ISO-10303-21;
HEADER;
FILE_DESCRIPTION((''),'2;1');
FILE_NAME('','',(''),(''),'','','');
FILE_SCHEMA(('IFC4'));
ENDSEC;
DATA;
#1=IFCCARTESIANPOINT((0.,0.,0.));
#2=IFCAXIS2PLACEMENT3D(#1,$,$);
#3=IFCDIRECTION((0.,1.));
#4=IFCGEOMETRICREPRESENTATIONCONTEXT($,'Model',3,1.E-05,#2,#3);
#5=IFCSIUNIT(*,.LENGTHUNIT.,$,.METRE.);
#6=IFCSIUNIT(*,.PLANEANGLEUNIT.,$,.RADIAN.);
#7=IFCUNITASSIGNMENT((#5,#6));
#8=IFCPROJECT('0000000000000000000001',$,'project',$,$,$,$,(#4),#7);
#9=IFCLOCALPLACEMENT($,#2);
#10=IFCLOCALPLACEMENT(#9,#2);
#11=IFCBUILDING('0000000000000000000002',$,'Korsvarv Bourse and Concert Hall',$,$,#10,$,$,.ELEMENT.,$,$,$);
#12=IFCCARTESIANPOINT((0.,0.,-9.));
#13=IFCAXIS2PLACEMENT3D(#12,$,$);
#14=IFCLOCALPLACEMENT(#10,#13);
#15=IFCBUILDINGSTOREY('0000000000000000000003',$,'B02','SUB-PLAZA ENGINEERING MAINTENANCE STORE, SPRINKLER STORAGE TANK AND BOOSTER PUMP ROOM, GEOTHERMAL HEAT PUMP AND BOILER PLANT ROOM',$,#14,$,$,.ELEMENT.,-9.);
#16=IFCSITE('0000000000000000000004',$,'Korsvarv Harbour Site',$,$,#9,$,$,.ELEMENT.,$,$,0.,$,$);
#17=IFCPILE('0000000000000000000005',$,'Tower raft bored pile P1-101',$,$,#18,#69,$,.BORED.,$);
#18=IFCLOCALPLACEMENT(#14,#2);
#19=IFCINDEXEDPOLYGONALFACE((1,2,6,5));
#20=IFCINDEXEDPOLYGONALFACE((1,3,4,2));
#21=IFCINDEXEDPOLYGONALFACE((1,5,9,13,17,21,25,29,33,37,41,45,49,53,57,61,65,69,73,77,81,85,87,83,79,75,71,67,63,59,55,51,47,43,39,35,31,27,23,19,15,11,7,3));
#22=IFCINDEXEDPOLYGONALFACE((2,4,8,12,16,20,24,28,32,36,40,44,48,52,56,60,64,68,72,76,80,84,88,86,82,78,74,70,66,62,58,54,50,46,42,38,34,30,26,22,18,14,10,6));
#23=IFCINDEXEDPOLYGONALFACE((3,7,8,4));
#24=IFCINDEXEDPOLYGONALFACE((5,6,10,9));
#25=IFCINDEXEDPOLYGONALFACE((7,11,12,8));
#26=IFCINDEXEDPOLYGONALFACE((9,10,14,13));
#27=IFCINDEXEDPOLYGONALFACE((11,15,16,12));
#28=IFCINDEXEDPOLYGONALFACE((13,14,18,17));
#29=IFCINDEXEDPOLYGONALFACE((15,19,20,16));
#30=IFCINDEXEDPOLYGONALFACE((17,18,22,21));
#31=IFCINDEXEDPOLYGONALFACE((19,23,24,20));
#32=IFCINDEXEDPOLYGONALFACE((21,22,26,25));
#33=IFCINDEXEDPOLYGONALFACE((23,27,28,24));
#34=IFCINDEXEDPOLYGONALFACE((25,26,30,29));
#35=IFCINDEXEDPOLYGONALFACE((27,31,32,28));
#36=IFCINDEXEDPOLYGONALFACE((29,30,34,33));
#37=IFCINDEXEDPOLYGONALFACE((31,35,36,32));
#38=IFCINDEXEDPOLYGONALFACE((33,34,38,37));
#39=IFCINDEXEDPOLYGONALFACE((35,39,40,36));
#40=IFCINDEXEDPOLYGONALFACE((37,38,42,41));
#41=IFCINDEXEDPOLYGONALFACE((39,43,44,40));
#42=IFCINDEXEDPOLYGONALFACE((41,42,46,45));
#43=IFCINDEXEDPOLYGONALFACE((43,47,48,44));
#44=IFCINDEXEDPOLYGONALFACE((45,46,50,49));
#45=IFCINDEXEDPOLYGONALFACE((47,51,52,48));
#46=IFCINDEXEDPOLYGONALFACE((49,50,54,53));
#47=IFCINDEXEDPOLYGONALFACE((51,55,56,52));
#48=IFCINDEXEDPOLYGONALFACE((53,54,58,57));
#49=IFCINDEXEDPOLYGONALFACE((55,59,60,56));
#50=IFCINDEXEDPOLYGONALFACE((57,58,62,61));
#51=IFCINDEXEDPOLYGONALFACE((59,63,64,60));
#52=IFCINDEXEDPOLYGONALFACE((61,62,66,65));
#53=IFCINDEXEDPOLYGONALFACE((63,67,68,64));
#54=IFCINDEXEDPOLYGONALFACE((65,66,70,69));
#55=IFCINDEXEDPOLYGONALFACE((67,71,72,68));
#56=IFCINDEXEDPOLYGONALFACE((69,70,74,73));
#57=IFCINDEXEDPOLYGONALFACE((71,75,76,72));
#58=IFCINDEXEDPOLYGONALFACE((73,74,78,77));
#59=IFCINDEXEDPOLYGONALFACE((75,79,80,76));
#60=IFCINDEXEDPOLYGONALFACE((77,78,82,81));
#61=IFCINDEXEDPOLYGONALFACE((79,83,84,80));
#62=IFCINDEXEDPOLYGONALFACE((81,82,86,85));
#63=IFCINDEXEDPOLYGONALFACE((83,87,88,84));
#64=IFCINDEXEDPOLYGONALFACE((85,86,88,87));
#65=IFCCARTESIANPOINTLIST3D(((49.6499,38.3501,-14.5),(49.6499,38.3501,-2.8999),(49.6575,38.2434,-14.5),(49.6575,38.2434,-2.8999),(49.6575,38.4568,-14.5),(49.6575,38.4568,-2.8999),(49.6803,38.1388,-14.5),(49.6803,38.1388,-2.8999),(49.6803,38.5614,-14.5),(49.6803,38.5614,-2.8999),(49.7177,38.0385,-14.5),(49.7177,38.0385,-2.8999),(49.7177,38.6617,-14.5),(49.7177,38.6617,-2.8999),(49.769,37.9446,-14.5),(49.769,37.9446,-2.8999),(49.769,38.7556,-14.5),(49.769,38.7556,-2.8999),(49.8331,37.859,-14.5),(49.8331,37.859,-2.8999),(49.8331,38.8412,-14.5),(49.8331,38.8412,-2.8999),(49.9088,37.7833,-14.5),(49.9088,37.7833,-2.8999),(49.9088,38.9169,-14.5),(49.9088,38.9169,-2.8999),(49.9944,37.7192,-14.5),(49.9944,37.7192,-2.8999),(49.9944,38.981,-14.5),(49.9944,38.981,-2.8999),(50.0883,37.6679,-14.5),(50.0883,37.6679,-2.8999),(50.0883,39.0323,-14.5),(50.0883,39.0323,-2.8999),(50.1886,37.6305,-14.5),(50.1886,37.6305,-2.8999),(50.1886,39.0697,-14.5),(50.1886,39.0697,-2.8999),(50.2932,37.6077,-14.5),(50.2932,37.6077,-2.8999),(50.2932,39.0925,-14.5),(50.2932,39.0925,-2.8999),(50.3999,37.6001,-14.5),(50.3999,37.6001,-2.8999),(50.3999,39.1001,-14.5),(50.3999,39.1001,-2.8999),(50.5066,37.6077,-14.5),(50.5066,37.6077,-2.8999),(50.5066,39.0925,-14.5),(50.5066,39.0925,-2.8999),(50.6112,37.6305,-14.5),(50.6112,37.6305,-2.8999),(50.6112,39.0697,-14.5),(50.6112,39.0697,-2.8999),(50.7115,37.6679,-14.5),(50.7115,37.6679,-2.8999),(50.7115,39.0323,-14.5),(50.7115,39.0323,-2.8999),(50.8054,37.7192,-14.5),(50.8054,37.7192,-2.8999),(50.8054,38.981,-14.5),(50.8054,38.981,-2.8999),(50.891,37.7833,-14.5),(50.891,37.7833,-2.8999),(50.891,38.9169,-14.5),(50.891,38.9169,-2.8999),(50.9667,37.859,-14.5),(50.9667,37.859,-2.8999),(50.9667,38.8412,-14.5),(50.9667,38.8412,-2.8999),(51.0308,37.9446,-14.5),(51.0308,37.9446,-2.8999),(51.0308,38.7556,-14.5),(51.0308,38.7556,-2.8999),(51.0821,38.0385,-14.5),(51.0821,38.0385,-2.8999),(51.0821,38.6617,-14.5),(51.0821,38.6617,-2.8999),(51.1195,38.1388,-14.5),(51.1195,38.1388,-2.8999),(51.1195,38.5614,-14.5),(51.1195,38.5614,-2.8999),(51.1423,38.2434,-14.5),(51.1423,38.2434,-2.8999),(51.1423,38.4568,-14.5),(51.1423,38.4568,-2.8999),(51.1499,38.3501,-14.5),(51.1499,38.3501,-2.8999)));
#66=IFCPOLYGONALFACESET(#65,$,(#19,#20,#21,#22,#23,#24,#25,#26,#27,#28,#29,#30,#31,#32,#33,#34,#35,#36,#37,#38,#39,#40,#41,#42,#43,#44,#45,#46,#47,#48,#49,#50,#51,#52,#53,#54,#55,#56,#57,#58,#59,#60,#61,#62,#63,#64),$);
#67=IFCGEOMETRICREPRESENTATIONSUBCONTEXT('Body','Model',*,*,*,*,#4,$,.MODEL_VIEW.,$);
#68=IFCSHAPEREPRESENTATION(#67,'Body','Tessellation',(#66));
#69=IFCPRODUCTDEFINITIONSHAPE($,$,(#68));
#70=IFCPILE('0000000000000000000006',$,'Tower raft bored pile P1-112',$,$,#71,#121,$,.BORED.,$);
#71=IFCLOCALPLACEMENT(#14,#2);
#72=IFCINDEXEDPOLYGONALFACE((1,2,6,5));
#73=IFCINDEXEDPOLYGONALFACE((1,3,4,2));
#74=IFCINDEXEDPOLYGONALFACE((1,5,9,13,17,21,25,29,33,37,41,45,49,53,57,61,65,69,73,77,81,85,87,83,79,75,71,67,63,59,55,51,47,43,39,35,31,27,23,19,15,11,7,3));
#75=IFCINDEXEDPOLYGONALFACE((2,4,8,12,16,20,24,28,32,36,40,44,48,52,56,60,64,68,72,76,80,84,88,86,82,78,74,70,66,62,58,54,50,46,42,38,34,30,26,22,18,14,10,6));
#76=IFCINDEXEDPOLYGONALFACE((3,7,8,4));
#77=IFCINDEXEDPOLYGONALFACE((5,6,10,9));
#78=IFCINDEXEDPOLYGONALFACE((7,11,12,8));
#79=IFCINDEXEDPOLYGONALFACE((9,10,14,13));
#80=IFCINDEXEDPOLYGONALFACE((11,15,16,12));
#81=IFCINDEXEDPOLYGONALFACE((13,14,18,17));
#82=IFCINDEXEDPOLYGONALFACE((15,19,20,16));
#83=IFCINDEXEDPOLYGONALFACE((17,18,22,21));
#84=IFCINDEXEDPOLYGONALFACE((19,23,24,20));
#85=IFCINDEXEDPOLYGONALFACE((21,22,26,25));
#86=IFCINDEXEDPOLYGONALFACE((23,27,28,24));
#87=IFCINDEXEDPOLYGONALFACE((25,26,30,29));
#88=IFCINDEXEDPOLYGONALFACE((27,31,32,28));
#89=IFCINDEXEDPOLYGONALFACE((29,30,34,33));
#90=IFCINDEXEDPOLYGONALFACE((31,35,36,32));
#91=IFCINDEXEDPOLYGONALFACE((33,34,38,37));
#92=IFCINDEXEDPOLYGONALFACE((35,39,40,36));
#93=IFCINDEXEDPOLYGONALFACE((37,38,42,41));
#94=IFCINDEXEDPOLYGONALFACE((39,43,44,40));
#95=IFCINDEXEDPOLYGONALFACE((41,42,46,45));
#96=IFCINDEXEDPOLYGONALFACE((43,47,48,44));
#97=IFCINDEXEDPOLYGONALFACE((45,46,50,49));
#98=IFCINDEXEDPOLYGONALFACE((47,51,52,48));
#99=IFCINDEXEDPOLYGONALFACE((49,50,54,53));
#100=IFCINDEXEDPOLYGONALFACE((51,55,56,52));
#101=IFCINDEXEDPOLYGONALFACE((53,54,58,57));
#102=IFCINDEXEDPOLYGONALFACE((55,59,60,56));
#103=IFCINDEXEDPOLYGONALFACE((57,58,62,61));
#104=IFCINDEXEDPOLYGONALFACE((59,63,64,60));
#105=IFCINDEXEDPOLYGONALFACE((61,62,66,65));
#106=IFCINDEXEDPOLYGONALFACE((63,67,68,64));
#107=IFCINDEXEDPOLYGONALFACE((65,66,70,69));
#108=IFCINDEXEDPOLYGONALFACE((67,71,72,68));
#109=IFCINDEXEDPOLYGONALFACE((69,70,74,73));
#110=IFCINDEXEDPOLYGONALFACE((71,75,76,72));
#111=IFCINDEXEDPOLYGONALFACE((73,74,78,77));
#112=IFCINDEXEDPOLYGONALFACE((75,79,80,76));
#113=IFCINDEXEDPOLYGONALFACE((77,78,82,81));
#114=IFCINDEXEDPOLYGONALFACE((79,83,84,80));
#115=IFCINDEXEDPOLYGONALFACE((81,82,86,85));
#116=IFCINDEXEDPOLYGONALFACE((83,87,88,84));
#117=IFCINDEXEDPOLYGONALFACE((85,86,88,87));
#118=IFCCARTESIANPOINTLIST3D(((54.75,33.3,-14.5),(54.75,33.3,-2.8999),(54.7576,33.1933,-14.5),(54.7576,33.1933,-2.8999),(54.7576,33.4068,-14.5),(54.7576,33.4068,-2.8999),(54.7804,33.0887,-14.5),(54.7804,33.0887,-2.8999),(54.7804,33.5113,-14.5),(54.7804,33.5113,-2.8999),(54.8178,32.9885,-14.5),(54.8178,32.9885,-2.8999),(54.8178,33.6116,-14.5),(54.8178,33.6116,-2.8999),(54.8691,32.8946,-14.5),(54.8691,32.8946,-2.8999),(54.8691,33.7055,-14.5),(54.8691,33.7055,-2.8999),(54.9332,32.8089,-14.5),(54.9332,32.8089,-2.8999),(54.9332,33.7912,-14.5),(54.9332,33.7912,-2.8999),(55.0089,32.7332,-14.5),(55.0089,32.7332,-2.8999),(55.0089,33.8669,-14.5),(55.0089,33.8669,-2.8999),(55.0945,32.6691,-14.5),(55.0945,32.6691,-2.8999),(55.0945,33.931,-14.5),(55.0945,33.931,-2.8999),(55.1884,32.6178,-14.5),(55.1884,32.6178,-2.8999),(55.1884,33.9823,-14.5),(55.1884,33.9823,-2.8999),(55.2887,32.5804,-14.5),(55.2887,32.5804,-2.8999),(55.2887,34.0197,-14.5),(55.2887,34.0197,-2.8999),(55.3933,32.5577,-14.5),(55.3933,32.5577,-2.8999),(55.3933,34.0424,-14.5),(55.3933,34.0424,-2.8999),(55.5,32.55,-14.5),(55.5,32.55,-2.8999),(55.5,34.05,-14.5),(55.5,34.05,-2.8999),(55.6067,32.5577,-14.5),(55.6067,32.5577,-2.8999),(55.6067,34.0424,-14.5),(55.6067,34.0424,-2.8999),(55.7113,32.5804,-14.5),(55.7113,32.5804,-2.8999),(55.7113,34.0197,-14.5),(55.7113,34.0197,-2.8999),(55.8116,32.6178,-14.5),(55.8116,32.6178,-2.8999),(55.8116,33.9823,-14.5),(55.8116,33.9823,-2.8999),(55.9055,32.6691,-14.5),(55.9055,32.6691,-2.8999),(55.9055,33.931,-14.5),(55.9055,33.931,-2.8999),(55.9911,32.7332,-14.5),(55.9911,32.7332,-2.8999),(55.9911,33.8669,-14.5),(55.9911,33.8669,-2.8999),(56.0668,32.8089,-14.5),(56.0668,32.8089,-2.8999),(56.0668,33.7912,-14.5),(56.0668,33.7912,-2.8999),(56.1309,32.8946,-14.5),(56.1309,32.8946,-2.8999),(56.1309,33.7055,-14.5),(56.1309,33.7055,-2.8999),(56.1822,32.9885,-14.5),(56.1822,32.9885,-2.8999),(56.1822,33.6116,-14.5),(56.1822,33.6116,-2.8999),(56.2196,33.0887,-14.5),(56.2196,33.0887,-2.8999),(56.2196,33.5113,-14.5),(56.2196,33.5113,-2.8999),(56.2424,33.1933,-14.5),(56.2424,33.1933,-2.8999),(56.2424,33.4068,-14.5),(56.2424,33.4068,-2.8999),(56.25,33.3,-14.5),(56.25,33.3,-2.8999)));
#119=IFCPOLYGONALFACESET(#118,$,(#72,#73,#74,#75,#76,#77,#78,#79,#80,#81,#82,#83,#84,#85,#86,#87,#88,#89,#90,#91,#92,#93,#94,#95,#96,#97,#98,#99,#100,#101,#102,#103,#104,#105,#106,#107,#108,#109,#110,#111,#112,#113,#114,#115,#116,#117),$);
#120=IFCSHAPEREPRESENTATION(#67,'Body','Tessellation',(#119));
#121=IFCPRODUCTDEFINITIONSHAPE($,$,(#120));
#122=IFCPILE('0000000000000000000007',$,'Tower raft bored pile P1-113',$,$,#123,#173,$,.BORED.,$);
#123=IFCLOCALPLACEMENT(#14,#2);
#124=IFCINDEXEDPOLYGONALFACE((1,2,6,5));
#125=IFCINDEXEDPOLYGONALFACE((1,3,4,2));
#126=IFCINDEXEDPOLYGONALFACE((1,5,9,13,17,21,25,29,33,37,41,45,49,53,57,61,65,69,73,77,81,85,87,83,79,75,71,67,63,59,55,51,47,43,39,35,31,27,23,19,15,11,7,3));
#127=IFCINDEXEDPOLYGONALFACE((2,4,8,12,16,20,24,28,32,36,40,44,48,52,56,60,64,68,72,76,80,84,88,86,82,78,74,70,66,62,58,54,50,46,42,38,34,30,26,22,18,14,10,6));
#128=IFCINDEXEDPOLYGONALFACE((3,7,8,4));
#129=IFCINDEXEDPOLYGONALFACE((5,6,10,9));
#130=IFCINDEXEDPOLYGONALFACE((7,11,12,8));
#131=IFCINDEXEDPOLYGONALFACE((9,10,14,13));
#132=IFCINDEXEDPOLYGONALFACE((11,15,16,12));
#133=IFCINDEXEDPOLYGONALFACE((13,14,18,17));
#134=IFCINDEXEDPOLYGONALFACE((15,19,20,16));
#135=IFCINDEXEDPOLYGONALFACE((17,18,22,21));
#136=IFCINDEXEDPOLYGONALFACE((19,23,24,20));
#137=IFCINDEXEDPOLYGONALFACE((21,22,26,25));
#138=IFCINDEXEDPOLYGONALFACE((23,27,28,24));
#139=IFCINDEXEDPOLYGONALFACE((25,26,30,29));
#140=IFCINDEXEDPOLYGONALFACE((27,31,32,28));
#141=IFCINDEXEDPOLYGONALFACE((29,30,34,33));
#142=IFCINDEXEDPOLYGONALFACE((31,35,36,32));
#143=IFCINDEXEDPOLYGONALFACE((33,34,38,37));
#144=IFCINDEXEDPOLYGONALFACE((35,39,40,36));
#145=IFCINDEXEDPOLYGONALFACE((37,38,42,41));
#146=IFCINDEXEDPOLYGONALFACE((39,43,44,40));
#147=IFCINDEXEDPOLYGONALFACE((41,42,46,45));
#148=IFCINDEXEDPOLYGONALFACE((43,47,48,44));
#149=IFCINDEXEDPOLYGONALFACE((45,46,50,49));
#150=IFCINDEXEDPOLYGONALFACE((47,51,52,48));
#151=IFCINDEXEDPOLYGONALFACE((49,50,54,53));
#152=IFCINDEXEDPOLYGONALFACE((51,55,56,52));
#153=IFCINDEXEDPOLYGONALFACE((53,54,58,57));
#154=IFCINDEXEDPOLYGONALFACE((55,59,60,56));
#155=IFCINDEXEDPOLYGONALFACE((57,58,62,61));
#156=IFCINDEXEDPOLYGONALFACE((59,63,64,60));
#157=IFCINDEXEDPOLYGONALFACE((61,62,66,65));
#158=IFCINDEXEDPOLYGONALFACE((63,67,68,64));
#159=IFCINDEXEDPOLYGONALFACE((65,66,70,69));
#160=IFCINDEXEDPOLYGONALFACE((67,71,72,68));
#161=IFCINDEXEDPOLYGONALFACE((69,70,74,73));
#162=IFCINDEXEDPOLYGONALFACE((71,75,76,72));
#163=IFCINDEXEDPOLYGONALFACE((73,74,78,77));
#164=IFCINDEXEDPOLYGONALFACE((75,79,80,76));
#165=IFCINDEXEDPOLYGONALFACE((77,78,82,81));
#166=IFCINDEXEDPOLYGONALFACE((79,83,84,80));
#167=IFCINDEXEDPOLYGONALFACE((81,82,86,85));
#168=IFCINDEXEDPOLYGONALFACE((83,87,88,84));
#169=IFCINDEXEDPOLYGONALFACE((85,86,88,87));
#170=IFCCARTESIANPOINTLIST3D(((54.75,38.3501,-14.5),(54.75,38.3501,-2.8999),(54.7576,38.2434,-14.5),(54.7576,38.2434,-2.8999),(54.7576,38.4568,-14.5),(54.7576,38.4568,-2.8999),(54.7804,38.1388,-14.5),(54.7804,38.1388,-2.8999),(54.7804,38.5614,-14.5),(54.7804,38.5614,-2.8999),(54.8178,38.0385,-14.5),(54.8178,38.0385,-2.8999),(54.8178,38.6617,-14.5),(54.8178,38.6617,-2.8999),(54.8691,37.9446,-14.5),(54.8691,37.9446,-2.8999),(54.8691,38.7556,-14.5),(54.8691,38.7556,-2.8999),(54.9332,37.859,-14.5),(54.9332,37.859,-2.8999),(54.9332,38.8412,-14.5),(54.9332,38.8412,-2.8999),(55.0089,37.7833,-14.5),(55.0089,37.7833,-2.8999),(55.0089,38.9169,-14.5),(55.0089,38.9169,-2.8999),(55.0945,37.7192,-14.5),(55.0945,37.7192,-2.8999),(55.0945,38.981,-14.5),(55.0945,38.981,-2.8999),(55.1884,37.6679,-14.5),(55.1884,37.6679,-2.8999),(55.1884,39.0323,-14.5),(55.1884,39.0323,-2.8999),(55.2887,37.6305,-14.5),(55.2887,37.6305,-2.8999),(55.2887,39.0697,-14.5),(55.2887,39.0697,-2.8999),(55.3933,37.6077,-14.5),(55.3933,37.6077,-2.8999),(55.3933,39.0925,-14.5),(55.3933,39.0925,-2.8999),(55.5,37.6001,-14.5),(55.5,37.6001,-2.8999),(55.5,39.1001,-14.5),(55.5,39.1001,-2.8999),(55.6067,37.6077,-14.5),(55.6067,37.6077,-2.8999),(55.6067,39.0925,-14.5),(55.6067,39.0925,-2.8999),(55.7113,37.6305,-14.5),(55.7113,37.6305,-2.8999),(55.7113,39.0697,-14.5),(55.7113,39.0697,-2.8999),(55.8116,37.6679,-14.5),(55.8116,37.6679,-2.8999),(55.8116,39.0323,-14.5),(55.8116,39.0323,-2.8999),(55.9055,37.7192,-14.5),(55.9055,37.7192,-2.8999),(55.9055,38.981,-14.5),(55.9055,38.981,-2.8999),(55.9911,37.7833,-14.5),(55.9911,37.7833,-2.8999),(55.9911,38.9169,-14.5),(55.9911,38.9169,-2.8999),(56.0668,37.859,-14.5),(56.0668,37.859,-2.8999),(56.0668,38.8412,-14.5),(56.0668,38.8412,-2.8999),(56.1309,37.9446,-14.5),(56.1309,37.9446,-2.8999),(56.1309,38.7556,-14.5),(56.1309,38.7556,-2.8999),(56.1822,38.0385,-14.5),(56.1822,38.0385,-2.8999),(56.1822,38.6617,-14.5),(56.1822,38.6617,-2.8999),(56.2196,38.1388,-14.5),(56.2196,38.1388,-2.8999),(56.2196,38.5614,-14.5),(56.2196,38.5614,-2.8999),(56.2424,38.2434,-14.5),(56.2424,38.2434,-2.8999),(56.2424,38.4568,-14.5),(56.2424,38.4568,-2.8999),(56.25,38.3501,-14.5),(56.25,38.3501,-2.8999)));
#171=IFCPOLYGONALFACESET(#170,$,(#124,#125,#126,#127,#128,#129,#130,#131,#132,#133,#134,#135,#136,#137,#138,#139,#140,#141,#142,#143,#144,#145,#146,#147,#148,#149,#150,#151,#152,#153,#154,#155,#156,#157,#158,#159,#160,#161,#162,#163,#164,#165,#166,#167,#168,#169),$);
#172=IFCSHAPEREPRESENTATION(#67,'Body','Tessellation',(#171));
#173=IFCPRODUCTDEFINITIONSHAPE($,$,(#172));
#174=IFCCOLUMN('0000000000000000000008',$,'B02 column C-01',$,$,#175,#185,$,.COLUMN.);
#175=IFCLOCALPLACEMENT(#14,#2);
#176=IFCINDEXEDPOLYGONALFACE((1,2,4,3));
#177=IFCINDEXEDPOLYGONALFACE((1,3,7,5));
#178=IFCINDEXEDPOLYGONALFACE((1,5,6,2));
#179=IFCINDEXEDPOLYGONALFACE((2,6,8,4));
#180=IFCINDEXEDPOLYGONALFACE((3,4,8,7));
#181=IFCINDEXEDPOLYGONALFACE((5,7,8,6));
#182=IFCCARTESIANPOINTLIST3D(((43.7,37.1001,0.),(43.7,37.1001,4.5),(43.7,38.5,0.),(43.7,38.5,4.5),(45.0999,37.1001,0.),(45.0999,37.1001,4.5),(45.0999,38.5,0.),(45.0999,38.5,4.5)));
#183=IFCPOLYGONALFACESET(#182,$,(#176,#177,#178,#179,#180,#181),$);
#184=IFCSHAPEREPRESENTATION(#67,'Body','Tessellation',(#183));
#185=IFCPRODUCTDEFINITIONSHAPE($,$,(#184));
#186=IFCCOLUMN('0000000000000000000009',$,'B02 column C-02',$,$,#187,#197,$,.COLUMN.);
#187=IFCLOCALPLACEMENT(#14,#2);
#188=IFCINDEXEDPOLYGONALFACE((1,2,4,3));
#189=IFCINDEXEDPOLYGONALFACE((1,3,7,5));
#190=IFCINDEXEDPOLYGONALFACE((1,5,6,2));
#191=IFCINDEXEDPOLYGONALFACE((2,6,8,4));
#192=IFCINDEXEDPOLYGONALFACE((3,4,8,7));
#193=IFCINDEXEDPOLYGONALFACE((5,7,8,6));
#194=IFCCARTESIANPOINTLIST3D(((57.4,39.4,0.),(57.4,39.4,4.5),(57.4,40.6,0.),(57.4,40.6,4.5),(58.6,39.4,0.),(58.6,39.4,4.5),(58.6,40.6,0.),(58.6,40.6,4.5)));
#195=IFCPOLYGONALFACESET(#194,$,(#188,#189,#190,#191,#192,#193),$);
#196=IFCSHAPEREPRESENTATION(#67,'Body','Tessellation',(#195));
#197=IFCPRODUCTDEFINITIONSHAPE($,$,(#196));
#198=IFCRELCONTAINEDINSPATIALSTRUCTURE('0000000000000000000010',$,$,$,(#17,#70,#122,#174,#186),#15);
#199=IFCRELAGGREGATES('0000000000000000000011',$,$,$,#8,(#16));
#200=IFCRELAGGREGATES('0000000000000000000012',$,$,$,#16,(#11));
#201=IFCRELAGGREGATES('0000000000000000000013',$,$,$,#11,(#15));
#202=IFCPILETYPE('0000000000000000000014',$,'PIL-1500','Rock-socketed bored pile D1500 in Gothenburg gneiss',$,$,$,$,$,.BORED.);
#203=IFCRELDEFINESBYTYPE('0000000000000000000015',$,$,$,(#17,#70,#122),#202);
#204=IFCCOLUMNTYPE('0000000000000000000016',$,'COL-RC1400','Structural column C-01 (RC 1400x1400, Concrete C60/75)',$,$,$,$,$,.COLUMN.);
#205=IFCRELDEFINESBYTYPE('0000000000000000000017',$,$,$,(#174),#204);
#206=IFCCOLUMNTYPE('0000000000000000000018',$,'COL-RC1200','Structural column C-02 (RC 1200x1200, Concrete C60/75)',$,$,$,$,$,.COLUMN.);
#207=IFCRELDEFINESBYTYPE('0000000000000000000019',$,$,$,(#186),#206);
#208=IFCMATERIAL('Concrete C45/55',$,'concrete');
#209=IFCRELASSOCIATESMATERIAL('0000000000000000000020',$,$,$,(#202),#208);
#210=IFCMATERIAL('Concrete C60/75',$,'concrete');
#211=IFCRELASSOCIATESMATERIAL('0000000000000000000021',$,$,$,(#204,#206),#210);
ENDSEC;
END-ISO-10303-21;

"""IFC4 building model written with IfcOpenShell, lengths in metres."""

from ifc_helpers import new_model, si_unit, direction, frame, origin, origin_2d, place, context, subcontext, project, spatial, rectangle, circle, extrude, source, transform, mapped, material, material_profile, profile_set, type_object, element, save


model = new_model("IFC4")

# Units and contexts
model_context = context("Model", 3, precision=1e-05, world=origin(), true_north=direction((0.0, 1.0)))
body_context = subcontext(model_context, "Body", "Model", "MODEL_VIEW")
ifc_project = project(units=[si_unit("LENGTHUNIT", "METRE"), si_unit("PLANEANGLEUNIT", "RADIAN")], contexts=[model_context])

# Site, building, storey
site_placement = place(None, origin())
site = spatial("IfcSite", under=ifc_project, at=site_placement, Name="Korsvarv Harbour Site", CompositionType="ELEMENT", RefElevation=0.0)
building_placement = place(site_placement, origin())
building = spatial("IfcBuilding", under=site, at=building_placement, Name="Korsvarv Bourse and Concert Hall", CompositionType="ELEMENT")
storey_placement = place(building_placement, frame((0.0, 0.0, -9.0)))
storey = spatial("IfcBuildingStorey", under=building, at=storey_placement, Name="B02", Description="SUB-PLAZA ENGINEERING MAINTENANCE STORE, SPRINKLER STORAGE TANK AND BOOSTER PUMP ROOM, GEOTHERMAL HEAT PUMP AND BOILER PLANT ROOM", CompositionType="ELEMENT", Elevation=-9.0)

# Piles
ifc_material_1 = material(Name="Concrete C45/55", Category="concrete")
ifc_material_profile_1 = material_profile(ifc_material_1, circle(Radius=0.75, at=origin_2d()), Name="PILE D1500")
ifc_profile_set_1 = profile_set([ifc_material_profile_1], Name="Concrete C45/55")
pile_type = type_object("IfcPileType", Name="PIL-1500", Description="Rock-socketed bored pile D1500 in Gothenburg gneiss", PredefinedType="BORED", material=ifc_profile_set_1)
shared_shape_1 = source(origin(), body_context, "Body", "SweptSolid", [
    extrude(circle(Radius=0.75, at=origin_2d()), origin(), (0.0, 0.0, 1.0), 11.6001),
])
for number, where, z_axis, x_axis, name in (
    (1, (50.3999, 38.3501, -2.8999), (0.0, 0.0, -1.0), (1.0, 0.0, 0.0), "Tower raft bored pile P1-101"),
    (2, (55.5, 33.3, -2.8999), (0.0, 0.0, -1.0), (1.0, 0.0, 0.0), "Tower raft bored pile P1-112"),
    (3, (55.5, 38.3501, -2.8999), (0.0, 0.0, -1.0), (1.0, 0.0, 0.0), "Tower raft bored pile P1-113"),
):
    element("IfcPile", number, at=place(storey_placement, frame(where, z_axis=z_axis, x_axis=x_axis)), inside=storey, type_object=pile_type, Name=name, PredefinedType="BORED", context=body_context, shape_type="MappedRepresentation", body=[
        mapped(shared_shape_1, transform((0.0, 0.0, 0.0), scale=1.0)),
    ])

# Columns
ifc_material_2 = material(Name="Concrete C60/75", Category="concrete")
ifc_material_profile_2 = material_profile(ifc_material_2, rectangle(XDim=1.3999, YDim=1.3999, at=origin_2d()), Name="RC 1400x1400")
ifc_profile_set_2 = profile_set([ifc_material_profile_2], Name="Concrete C60/75")
column_type_1 = type_object("IfcColumnType", Name="COL-RC1400", Description="Structural column C-01 (RC 1400x1400, Concrete C60/75)", PredefinedType="COLUMN", material=ifc_profile_set_2)
shared_shape_2 = source(origin(), body_context, "Body", "SweptSolid", [
    extrude(rectangle(XDim=1.3999, YDim=1.3999, at=origin_2d()), origin(), (0.0, 0.0, 1.0), 4.5),
])
column_1_placement = place(storey_placement, frame((44.3999, 37.8, 0.0), z_axis=(0.0, 0.0, 1.0), x_axis=(1.0, 0.0, 0.0)))
element("IfcColumn", 4, at=column_1_placement, inside=storey, type_object=column_type_1, Name="B02 column C-01", PredefinedType="COLUMN", context=body_context, shape_type="MappedRepresentation", body=[
    mapped(shared_shape_2, transform((0.0, 0.0, 0.0), scale=1.0)),
])
ifc_material_profile_3 = material_profile(ifc_material_2, rectangle(XDim=1.2, YDim=1.2, at=origin_2d()), Name="RC 1200x1200")
ifc_profile_set_3 = profile_set([ifc_material_profile_3], Name="Concrete C60/75")
column_type_2 = type_object("IfcColumnType", Name="COL-RC1200", Description="Structural column C-02 (RC 1200x1200, Concrete C60/75)", PredefinedType="COLUMN", material=ifc_profile_set_3)
shared_shape_3 = source(origin(), body_context, "Body", "SweptSolid", [
    extrude(rectangle(XDim=1.2, YDim=1.2, at=origin_2d()), origin(), (0.0, 0.0, 1.0), 4.5),
])
column_2_placement = place(storey_placement, frame((58.0, 40.0, 0.0), z_axis=(0.0, 0.0, 1.0), x_axis=(1.0, 0.0, 0.0)))
element("IfcColumn", 5, at=column_2_placement, inside=storey, type_object=column_type_2, Name="B02 column C-02", PredefinedType="COLUMN", context=body_context, shape_type="MappedRepresentation", body=[
    mapped(shared_shape_3, transform((0.0, 0.0, 0.0), scale=1.0)),
])

save(model, "model.ifc")
